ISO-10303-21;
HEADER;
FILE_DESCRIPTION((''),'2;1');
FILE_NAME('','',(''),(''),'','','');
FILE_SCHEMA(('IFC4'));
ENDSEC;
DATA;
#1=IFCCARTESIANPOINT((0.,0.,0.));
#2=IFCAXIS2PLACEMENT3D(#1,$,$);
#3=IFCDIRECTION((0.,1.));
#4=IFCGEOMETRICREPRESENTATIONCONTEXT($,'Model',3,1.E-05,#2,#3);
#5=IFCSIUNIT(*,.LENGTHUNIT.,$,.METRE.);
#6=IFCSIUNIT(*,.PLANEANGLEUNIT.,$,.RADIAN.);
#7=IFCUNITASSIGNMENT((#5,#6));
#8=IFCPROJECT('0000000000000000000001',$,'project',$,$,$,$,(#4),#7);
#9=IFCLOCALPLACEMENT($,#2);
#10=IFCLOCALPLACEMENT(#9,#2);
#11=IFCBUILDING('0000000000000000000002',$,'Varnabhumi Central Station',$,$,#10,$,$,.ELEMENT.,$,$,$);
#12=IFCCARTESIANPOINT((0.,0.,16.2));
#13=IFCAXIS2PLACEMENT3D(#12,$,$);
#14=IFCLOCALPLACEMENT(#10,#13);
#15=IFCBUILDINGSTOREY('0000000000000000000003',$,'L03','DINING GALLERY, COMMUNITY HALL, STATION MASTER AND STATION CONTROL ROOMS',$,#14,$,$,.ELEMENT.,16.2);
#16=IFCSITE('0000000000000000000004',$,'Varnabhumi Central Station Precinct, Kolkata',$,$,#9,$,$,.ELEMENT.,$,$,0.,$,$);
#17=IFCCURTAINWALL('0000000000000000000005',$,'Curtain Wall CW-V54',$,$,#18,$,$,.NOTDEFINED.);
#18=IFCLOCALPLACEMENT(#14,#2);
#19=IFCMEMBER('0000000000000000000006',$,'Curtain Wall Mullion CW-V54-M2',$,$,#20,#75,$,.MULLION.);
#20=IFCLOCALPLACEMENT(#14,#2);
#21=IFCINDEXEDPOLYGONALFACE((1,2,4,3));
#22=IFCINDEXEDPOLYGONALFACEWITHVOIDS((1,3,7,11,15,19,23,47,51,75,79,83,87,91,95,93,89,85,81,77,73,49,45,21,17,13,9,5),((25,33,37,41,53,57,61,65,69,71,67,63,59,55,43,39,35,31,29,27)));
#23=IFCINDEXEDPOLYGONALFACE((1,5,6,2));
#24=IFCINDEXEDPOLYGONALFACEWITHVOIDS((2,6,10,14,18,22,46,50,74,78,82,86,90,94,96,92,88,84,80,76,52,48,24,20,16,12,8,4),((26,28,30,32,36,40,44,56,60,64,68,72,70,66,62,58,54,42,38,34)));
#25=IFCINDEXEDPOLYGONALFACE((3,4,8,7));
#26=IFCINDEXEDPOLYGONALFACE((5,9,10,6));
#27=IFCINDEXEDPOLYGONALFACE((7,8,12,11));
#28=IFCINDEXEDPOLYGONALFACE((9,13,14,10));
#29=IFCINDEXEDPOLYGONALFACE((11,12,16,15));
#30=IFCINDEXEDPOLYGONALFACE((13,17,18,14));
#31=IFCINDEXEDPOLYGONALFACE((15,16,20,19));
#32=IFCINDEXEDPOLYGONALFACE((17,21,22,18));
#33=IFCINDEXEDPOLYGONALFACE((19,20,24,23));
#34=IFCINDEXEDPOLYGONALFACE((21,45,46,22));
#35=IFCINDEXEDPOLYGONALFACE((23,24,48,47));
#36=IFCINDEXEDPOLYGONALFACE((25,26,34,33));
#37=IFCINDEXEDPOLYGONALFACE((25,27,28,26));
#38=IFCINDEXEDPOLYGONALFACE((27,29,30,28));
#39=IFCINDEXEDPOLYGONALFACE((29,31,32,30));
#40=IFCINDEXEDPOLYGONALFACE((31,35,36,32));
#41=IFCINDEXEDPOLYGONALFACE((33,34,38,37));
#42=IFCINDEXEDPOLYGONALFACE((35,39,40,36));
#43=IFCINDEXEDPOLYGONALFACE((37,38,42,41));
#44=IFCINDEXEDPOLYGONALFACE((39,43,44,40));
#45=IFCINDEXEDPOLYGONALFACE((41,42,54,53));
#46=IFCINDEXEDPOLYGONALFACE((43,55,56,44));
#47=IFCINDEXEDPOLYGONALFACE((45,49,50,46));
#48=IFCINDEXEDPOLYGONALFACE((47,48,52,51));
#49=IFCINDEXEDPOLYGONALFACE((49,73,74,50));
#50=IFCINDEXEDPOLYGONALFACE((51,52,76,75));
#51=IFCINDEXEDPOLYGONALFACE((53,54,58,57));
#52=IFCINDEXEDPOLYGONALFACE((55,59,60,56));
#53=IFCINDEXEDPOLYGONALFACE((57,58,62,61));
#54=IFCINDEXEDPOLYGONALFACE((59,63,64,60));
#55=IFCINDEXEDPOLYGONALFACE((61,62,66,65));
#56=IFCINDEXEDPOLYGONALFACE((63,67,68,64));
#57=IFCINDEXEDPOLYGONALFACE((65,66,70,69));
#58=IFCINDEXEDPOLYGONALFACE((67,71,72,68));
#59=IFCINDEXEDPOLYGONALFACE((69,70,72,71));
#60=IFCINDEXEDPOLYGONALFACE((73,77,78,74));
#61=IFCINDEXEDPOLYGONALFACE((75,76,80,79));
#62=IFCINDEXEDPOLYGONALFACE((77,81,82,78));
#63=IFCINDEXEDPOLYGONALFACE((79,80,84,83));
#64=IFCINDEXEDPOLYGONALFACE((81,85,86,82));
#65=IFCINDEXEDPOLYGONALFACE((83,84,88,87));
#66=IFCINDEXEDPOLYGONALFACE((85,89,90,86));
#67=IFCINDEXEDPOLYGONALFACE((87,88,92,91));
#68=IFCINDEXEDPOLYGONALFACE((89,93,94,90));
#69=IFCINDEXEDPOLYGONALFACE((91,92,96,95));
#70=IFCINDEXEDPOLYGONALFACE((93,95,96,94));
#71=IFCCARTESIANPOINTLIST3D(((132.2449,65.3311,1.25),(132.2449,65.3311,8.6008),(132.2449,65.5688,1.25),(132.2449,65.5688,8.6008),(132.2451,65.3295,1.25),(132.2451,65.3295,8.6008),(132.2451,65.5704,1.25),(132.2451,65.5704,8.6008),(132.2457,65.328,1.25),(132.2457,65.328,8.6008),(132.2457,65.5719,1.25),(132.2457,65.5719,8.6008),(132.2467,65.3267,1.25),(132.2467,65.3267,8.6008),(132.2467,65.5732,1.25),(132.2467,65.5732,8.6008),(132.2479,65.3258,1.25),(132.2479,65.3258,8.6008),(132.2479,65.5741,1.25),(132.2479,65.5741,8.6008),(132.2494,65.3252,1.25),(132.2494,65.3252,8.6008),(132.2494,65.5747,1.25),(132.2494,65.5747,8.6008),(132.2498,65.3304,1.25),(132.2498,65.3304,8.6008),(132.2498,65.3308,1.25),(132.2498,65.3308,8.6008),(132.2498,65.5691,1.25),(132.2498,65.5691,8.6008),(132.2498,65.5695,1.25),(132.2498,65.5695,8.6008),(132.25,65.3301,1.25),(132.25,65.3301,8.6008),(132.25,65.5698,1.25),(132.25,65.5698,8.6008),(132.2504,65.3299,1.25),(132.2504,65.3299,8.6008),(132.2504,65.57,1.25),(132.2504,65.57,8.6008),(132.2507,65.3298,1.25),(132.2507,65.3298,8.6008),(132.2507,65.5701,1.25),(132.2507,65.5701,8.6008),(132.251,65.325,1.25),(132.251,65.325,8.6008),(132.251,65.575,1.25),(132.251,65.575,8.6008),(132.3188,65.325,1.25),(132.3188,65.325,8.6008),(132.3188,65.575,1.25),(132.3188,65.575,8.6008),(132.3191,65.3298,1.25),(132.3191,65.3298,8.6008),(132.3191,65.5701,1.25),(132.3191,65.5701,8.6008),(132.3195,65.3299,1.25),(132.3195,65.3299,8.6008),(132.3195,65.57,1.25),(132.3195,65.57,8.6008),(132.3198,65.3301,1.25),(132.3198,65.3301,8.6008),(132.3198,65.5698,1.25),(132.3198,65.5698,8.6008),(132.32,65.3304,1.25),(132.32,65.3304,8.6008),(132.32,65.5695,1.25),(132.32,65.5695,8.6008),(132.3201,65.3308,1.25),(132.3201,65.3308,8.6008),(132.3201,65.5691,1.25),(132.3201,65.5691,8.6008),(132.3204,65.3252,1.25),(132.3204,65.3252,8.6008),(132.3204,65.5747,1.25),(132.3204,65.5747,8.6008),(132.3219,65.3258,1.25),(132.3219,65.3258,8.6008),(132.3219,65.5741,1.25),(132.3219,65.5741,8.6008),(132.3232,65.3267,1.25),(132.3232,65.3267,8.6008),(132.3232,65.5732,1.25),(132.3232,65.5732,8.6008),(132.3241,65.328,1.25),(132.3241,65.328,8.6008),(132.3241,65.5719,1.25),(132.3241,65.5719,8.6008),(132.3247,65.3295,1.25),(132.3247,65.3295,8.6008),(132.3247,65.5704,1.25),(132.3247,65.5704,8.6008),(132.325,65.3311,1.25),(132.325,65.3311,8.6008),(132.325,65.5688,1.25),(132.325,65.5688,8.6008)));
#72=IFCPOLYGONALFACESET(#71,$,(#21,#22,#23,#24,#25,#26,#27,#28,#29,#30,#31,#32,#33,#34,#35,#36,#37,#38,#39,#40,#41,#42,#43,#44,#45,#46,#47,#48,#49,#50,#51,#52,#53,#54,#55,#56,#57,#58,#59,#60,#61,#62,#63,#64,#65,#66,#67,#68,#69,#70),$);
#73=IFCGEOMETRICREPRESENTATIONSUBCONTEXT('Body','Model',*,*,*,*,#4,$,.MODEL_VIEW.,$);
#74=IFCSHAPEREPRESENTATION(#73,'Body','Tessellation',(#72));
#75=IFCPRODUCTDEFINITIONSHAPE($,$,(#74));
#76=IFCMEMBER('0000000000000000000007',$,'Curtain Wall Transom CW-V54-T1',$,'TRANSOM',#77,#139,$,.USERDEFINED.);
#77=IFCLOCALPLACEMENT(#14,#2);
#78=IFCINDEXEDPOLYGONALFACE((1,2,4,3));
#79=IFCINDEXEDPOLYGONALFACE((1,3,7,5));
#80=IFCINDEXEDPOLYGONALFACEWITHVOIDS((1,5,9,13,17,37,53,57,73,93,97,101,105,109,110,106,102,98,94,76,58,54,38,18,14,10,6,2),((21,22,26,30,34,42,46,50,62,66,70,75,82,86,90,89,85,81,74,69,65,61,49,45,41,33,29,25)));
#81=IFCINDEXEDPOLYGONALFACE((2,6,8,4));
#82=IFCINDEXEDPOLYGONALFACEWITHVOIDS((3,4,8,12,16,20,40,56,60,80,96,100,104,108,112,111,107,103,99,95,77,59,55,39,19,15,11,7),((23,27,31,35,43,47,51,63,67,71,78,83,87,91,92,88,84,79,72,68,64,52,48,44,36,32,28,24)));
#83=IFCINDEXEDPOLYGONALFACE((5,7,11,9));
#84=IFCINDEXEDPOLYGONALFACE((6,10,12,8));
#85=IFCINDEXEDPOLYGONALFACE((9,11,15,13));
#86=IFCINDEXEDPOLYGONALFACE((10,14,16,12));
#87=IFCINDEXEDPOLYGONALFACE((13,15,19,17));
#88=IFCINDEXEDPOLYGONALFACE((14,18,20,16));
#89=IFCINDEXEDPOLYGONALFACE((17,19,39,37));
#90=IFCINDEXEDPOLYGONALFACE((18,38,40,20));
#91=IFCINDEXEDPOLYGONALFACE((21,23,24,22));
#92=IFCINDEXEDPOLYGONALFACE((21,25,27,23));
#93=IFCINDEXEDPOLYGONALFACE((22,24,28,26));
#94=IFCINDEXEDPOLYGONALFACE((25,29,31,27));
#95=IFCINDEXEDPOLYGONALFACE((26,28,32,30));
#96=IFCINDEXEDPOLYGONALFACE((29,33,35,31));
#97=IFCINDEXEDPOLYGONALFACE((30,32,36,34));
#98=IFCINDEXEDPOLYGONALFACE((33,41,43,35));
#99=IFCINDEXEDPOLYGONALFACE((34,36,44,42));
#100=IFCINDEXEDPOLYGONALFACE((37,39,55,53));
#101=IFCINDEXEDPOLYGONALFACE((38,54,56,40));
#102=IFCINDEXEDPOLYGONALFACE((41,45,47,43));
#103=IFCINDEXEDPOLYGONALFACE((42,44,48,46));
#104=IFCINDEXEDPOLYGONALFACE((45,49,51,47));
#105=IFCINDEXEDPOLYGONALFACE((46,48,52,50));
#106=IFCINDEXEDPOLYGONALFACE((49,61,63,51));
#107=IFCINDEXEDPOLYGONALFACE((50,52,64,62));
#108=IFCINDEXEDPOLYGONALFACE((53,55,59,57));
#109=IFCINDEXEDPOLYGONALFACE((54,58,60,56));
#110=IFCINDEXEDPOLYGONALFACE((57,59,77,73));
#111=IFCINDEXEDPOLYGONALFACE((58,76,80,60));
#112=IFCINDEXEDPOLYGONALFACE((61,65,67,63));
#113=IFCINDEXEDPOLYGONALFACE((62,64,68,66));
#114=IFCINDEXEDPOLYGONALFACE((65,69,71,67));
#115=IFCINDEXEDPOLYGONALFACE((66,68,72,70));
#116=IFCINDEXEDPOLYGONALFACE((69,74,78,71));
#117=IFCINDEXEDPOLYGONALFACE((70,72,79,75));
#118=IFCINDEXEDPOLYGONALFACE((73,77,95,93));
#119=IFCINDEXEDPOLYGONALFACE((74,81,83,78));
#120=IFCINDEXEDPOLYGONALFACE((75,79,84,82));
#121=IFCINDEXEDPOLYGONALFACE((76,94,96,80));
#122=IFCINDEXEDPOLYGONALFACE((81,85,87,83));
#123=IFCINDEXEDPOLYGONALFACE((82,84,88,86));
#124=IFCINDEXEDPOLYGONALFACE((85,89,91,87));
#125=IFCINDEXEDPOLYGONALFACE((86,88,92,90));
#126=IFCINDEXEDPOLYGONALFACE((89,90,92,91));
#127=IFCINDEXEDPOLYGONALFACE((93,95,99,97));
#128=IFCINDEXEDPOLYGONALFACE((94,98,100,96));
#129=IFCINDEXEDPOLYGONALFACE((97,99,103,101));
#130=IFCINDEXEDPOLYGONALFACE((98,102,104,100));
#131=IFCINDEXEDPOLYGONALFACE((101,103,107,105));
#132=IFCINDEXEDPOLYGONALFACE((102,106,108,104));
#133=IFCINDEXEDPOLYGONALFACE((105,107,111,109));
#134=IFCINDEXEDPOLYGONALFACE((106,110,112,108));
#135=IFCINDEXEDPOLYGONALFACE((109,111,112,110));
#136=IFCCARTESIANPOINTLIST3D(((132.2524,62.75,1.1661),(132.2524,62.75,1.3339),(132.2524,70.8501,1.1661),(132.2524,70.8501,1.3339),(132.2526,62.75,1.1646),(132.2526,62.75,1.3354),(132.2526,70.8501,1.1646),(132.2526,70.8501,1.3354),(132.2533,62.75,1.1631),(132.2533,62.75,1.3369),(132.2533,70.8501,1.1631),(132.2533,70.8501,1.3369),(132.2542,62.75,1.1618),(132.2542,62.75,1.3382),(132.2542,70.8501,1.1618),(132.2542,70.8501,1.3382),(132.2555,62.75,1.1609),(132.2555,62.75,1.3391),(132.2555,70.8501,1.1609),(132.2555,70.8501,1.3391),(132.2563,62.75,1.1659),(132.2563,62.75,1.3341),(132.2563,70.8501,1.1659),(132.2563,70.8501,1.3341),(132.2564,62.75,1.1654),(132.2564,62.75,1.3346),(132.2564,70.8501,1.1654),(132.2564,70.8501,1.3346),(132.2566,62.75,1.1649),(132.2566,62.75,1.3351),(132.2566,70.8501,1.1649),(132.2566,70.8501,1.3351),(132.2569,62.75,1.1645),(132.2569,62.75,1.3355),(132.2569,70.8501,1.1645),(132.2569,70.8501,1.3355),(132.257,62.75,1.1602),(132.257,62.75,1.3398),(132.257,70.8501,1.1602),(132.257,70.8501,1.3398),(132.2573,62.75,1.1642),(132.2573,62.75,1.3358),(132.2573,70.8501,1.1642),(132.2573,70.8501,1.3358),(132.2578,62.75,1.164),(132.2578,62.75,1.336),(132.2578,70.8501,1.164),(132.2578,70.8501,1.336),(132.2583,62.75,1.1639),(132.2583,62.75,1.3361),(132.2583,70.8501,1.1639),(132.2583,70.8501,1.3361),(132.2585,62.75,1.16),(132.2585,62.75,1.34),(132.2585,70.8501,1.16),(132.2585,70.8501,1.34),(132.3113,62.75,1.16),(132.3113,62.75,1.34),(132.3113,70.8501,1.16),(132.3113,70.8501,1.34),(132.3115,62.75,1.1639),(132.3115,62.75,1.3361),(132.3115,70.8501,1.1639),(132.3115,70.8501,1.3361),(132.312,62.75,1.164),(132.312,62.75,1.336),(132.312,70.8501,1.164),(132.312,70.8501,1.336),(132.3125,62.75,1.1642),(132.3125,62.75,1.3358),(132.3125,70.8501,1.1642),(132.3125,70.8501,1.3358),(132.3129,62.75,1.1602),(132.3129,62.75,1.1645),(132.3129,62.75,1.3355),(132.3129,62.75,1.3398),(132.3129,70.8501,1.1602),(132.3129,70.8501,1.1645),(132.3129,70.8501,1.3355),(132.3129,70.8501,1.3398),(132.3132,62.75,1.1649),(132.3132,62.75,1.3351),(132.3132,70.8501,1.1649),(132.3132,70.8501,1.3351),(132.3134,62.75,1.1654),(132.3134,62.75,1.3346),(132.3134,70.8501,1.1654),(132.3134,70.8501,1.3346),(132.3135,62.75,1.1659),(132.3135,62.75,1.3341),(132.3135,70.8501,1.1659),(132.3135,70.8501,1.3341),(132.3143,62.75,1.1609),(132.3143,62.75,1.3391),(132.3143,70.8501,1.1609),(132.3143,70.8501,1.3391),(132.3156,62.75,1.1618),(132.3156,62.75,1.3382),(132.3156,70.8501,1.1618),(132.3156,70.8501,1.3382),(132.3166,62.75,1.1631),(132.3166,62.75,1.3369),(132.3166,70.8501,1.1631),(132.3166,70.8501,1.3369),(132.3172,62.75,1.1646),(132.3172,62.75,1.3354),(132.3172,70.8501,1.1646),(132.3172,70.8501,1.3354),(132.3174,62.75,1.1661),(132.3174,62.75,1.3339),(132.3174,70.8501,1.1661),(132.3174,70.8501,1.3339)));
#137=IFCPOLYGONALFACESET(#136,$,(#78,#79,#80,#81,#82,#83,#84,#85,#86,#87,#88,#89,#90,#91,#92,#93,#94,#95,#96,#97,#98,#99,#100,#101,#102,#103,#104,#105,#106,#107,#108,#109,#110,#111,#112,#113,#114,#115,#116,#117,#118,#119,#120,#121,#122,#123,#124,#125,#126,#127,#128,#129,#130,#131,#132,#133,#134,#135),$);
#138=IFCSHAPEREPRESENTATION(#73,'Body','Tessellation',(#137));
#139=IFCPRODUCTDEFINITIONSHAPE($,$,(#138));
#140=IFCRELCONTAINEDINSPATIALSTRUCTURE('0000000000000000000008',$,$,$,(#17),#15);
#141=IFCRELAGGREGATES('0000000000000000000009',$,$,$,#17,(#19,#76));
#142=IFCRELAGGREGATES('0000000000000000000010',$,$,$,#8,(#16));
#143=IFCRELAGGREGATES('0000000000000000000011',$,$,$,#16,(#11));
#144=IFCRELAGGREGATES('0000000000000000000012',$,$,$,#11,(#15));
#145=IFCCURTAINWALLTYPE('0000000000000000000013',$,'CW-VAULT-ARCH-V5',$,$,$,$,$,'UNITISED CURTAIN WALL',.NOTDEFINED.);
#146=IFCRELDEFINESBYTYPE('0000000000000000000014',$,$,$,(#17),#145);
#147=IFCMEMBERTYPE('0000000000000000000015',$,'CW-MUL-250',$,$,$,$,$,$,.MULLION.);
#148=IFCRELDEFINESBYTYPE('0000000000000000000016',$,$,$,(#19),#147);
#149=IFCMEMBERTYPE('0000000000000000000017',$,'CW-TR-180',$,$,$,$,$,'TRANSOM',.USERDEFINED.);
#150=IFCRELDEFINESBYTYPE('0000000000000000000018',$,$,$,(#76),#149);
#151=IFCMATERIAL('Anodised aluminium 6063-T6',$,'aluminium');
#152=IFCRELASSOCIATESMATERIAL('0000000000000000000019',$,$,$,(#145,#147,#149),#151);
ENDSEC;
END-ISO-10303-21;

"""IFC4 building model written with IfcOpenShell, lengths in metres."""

from ifc_helpers import new_model, si_unit, direction, frame, origin, origin_2d, place, context, subcontext, project, spatial, hollow_rectangle, extrude, material, material_profile, profile_set, type_object, element, aggregate, save


model = new_model("IFC4")

# Units and contexts
model_context = context("Model", 3, precision=1e-05, world=origin(), true_north=direction((0.0, 1.0)))
body_context = subcontext(model_context, "Body", "Model", "MODEL_VIEW")
ifc_project = project(units=[si_unit("LENGTHUNIT", "METRE"), si_unit("PLANEANGLEUNIT", "RADIAN")], contexts=[model_context])

# Site, building, storey
site_placement = place(None, origin())
site = spatial("IfcSite", under=ifc_project, at=site_placement, Name="Varnabhumi Central Station Precinct, Kolkata", CompositionType="ELEMENT", RefElevation=0.0)
building_placement = place(site_placement, origin())
building = spatial("IfcBuilding", under=site, at=building_placement, Name="Varnabhumi Central Station", CompositionType="ELEMENT")
storey_placement = place(building_placement, frame((0.0, 0.0, 16.2)))
storey = spatial("IfcBuildingStorey", under=building, at=storey_placement, Name="L03", Description="DINING GALLERY, COMMUNITY HALL, STATION MASTER AND STATION CONTROL ROOMS", CompositionType="ELEMENT", Elevation=16.2)

# Curtain wall, members
ifc_material_1 = material(Name="Anodised aluminium 6063-T6", Category="aluminium")
curtain_wall_type = type_object("IfcCurtainWallType", Name="CW-VAULT-ARCH-V5", ElementType="UNITISED CURTAIN WALL", PredefinedType="NOTDEFINED", material=ifc_material_1)
ifc_material_profile_1 = material_profile(ifc_material_1, hollow_rectangle(XDim=0.0801, YDim=0.25, WallThickness=0.0049, InnerFilletRadius=0.001, OuterFilletRadius=0.0061, at=origin_2d()), Name="Anodised aluminium 6063-T6", Category="aluminium")
ifc_profile_set_1 = profile_set([ifc_material_profile_1], Name="Anodised aluminium 6063-T6")
member_type_1 = type_object("IfcMemberType", Name="CW-MUL-250", PredefinedType="MULLION", material=ifc_profile_set_1)
curtain_wall_1_placement = place(storey_placement, origin())
curtain_wall_1 = element("IfcCurtainWall", 1, at=curtain_wall_1_placement, inside=storey, type_object=curtain_wall_type, Name="Curtain Wall CW-V54", PredefinedType="NOTDEFINED")
member_1_placement = place(storey_placement, frame((132.2849, 65.45, 1.25), z_axis=(0.0, 0.0, 1.0), x_axis=(1.0, 0.0, 0.0)))
member_1 = element("IfcMember", 2, at=member_1_placement, type_object=member_type_1, Name="Curtain Wall Mullion CW-V54-M2", PredefinedType="MULLION", context=body_context, shape_type="SweptSolid", body=[
    extrude(hollow_rectangle(XDim=0.0801, YDim=0.25, WallThickness=0.0049, InnerFilletRadius=0.001, OuterFilletRadius=0.0061, at=origin_2d()), origin(), (0.0, 0.0, 1.0), 7.3508),
])
ifc_material_profile_2 = material_profile(ifc_material_1, hollow_rectangle(XDim=0.0649, YDim=0.1799, WallThickness=0.0039, InnerFilletRadius=0.002, OuterFilletRadius=0.0061, at=origin_2d()), Name="Anodised aluminium 6063-T6", Category="aluminium")
ifc_profile_set_2 = profile_set([ifc_material_profile_2], Name="Anodised aluminium 6063-T6")
member_type_2 = type_object("IfcMemberType", Name="CW-TR-180", ElementType="TRANSOM", PredefinedType="USERDEFINED", material=ifc_profile_set_2)
member_2_placement = place(storey_placement, frame((132.2849, 62.75, 1.25), z_axis=(0.0, 1.0, 0.0), x_axis=(-1.0, 0.0, 0.0)))
member_2 = element("IfcMember", 3, at=member_2_placement, type_object=member_type_2, Name="Curtain Wall Transom CW-V54-T1", ObjectType="TRANSOM", PredefinedType="USERDEFINED", context=body_context, shape_type="SweptSolid", body=[
    extrude(hollow_rectangle(XDim=0.0649, YDim=0.1799, WallThickness=0.0039, InnerFilletRadius=0.002, OuterFilletRadius=0.0061, at=origin_2d()), origin(), (0.0, 0.0, 1.0), 8.1001),
])

aggregate(curtain_wall_1, [member_1, member_2])

save(model, "model.ifc")
